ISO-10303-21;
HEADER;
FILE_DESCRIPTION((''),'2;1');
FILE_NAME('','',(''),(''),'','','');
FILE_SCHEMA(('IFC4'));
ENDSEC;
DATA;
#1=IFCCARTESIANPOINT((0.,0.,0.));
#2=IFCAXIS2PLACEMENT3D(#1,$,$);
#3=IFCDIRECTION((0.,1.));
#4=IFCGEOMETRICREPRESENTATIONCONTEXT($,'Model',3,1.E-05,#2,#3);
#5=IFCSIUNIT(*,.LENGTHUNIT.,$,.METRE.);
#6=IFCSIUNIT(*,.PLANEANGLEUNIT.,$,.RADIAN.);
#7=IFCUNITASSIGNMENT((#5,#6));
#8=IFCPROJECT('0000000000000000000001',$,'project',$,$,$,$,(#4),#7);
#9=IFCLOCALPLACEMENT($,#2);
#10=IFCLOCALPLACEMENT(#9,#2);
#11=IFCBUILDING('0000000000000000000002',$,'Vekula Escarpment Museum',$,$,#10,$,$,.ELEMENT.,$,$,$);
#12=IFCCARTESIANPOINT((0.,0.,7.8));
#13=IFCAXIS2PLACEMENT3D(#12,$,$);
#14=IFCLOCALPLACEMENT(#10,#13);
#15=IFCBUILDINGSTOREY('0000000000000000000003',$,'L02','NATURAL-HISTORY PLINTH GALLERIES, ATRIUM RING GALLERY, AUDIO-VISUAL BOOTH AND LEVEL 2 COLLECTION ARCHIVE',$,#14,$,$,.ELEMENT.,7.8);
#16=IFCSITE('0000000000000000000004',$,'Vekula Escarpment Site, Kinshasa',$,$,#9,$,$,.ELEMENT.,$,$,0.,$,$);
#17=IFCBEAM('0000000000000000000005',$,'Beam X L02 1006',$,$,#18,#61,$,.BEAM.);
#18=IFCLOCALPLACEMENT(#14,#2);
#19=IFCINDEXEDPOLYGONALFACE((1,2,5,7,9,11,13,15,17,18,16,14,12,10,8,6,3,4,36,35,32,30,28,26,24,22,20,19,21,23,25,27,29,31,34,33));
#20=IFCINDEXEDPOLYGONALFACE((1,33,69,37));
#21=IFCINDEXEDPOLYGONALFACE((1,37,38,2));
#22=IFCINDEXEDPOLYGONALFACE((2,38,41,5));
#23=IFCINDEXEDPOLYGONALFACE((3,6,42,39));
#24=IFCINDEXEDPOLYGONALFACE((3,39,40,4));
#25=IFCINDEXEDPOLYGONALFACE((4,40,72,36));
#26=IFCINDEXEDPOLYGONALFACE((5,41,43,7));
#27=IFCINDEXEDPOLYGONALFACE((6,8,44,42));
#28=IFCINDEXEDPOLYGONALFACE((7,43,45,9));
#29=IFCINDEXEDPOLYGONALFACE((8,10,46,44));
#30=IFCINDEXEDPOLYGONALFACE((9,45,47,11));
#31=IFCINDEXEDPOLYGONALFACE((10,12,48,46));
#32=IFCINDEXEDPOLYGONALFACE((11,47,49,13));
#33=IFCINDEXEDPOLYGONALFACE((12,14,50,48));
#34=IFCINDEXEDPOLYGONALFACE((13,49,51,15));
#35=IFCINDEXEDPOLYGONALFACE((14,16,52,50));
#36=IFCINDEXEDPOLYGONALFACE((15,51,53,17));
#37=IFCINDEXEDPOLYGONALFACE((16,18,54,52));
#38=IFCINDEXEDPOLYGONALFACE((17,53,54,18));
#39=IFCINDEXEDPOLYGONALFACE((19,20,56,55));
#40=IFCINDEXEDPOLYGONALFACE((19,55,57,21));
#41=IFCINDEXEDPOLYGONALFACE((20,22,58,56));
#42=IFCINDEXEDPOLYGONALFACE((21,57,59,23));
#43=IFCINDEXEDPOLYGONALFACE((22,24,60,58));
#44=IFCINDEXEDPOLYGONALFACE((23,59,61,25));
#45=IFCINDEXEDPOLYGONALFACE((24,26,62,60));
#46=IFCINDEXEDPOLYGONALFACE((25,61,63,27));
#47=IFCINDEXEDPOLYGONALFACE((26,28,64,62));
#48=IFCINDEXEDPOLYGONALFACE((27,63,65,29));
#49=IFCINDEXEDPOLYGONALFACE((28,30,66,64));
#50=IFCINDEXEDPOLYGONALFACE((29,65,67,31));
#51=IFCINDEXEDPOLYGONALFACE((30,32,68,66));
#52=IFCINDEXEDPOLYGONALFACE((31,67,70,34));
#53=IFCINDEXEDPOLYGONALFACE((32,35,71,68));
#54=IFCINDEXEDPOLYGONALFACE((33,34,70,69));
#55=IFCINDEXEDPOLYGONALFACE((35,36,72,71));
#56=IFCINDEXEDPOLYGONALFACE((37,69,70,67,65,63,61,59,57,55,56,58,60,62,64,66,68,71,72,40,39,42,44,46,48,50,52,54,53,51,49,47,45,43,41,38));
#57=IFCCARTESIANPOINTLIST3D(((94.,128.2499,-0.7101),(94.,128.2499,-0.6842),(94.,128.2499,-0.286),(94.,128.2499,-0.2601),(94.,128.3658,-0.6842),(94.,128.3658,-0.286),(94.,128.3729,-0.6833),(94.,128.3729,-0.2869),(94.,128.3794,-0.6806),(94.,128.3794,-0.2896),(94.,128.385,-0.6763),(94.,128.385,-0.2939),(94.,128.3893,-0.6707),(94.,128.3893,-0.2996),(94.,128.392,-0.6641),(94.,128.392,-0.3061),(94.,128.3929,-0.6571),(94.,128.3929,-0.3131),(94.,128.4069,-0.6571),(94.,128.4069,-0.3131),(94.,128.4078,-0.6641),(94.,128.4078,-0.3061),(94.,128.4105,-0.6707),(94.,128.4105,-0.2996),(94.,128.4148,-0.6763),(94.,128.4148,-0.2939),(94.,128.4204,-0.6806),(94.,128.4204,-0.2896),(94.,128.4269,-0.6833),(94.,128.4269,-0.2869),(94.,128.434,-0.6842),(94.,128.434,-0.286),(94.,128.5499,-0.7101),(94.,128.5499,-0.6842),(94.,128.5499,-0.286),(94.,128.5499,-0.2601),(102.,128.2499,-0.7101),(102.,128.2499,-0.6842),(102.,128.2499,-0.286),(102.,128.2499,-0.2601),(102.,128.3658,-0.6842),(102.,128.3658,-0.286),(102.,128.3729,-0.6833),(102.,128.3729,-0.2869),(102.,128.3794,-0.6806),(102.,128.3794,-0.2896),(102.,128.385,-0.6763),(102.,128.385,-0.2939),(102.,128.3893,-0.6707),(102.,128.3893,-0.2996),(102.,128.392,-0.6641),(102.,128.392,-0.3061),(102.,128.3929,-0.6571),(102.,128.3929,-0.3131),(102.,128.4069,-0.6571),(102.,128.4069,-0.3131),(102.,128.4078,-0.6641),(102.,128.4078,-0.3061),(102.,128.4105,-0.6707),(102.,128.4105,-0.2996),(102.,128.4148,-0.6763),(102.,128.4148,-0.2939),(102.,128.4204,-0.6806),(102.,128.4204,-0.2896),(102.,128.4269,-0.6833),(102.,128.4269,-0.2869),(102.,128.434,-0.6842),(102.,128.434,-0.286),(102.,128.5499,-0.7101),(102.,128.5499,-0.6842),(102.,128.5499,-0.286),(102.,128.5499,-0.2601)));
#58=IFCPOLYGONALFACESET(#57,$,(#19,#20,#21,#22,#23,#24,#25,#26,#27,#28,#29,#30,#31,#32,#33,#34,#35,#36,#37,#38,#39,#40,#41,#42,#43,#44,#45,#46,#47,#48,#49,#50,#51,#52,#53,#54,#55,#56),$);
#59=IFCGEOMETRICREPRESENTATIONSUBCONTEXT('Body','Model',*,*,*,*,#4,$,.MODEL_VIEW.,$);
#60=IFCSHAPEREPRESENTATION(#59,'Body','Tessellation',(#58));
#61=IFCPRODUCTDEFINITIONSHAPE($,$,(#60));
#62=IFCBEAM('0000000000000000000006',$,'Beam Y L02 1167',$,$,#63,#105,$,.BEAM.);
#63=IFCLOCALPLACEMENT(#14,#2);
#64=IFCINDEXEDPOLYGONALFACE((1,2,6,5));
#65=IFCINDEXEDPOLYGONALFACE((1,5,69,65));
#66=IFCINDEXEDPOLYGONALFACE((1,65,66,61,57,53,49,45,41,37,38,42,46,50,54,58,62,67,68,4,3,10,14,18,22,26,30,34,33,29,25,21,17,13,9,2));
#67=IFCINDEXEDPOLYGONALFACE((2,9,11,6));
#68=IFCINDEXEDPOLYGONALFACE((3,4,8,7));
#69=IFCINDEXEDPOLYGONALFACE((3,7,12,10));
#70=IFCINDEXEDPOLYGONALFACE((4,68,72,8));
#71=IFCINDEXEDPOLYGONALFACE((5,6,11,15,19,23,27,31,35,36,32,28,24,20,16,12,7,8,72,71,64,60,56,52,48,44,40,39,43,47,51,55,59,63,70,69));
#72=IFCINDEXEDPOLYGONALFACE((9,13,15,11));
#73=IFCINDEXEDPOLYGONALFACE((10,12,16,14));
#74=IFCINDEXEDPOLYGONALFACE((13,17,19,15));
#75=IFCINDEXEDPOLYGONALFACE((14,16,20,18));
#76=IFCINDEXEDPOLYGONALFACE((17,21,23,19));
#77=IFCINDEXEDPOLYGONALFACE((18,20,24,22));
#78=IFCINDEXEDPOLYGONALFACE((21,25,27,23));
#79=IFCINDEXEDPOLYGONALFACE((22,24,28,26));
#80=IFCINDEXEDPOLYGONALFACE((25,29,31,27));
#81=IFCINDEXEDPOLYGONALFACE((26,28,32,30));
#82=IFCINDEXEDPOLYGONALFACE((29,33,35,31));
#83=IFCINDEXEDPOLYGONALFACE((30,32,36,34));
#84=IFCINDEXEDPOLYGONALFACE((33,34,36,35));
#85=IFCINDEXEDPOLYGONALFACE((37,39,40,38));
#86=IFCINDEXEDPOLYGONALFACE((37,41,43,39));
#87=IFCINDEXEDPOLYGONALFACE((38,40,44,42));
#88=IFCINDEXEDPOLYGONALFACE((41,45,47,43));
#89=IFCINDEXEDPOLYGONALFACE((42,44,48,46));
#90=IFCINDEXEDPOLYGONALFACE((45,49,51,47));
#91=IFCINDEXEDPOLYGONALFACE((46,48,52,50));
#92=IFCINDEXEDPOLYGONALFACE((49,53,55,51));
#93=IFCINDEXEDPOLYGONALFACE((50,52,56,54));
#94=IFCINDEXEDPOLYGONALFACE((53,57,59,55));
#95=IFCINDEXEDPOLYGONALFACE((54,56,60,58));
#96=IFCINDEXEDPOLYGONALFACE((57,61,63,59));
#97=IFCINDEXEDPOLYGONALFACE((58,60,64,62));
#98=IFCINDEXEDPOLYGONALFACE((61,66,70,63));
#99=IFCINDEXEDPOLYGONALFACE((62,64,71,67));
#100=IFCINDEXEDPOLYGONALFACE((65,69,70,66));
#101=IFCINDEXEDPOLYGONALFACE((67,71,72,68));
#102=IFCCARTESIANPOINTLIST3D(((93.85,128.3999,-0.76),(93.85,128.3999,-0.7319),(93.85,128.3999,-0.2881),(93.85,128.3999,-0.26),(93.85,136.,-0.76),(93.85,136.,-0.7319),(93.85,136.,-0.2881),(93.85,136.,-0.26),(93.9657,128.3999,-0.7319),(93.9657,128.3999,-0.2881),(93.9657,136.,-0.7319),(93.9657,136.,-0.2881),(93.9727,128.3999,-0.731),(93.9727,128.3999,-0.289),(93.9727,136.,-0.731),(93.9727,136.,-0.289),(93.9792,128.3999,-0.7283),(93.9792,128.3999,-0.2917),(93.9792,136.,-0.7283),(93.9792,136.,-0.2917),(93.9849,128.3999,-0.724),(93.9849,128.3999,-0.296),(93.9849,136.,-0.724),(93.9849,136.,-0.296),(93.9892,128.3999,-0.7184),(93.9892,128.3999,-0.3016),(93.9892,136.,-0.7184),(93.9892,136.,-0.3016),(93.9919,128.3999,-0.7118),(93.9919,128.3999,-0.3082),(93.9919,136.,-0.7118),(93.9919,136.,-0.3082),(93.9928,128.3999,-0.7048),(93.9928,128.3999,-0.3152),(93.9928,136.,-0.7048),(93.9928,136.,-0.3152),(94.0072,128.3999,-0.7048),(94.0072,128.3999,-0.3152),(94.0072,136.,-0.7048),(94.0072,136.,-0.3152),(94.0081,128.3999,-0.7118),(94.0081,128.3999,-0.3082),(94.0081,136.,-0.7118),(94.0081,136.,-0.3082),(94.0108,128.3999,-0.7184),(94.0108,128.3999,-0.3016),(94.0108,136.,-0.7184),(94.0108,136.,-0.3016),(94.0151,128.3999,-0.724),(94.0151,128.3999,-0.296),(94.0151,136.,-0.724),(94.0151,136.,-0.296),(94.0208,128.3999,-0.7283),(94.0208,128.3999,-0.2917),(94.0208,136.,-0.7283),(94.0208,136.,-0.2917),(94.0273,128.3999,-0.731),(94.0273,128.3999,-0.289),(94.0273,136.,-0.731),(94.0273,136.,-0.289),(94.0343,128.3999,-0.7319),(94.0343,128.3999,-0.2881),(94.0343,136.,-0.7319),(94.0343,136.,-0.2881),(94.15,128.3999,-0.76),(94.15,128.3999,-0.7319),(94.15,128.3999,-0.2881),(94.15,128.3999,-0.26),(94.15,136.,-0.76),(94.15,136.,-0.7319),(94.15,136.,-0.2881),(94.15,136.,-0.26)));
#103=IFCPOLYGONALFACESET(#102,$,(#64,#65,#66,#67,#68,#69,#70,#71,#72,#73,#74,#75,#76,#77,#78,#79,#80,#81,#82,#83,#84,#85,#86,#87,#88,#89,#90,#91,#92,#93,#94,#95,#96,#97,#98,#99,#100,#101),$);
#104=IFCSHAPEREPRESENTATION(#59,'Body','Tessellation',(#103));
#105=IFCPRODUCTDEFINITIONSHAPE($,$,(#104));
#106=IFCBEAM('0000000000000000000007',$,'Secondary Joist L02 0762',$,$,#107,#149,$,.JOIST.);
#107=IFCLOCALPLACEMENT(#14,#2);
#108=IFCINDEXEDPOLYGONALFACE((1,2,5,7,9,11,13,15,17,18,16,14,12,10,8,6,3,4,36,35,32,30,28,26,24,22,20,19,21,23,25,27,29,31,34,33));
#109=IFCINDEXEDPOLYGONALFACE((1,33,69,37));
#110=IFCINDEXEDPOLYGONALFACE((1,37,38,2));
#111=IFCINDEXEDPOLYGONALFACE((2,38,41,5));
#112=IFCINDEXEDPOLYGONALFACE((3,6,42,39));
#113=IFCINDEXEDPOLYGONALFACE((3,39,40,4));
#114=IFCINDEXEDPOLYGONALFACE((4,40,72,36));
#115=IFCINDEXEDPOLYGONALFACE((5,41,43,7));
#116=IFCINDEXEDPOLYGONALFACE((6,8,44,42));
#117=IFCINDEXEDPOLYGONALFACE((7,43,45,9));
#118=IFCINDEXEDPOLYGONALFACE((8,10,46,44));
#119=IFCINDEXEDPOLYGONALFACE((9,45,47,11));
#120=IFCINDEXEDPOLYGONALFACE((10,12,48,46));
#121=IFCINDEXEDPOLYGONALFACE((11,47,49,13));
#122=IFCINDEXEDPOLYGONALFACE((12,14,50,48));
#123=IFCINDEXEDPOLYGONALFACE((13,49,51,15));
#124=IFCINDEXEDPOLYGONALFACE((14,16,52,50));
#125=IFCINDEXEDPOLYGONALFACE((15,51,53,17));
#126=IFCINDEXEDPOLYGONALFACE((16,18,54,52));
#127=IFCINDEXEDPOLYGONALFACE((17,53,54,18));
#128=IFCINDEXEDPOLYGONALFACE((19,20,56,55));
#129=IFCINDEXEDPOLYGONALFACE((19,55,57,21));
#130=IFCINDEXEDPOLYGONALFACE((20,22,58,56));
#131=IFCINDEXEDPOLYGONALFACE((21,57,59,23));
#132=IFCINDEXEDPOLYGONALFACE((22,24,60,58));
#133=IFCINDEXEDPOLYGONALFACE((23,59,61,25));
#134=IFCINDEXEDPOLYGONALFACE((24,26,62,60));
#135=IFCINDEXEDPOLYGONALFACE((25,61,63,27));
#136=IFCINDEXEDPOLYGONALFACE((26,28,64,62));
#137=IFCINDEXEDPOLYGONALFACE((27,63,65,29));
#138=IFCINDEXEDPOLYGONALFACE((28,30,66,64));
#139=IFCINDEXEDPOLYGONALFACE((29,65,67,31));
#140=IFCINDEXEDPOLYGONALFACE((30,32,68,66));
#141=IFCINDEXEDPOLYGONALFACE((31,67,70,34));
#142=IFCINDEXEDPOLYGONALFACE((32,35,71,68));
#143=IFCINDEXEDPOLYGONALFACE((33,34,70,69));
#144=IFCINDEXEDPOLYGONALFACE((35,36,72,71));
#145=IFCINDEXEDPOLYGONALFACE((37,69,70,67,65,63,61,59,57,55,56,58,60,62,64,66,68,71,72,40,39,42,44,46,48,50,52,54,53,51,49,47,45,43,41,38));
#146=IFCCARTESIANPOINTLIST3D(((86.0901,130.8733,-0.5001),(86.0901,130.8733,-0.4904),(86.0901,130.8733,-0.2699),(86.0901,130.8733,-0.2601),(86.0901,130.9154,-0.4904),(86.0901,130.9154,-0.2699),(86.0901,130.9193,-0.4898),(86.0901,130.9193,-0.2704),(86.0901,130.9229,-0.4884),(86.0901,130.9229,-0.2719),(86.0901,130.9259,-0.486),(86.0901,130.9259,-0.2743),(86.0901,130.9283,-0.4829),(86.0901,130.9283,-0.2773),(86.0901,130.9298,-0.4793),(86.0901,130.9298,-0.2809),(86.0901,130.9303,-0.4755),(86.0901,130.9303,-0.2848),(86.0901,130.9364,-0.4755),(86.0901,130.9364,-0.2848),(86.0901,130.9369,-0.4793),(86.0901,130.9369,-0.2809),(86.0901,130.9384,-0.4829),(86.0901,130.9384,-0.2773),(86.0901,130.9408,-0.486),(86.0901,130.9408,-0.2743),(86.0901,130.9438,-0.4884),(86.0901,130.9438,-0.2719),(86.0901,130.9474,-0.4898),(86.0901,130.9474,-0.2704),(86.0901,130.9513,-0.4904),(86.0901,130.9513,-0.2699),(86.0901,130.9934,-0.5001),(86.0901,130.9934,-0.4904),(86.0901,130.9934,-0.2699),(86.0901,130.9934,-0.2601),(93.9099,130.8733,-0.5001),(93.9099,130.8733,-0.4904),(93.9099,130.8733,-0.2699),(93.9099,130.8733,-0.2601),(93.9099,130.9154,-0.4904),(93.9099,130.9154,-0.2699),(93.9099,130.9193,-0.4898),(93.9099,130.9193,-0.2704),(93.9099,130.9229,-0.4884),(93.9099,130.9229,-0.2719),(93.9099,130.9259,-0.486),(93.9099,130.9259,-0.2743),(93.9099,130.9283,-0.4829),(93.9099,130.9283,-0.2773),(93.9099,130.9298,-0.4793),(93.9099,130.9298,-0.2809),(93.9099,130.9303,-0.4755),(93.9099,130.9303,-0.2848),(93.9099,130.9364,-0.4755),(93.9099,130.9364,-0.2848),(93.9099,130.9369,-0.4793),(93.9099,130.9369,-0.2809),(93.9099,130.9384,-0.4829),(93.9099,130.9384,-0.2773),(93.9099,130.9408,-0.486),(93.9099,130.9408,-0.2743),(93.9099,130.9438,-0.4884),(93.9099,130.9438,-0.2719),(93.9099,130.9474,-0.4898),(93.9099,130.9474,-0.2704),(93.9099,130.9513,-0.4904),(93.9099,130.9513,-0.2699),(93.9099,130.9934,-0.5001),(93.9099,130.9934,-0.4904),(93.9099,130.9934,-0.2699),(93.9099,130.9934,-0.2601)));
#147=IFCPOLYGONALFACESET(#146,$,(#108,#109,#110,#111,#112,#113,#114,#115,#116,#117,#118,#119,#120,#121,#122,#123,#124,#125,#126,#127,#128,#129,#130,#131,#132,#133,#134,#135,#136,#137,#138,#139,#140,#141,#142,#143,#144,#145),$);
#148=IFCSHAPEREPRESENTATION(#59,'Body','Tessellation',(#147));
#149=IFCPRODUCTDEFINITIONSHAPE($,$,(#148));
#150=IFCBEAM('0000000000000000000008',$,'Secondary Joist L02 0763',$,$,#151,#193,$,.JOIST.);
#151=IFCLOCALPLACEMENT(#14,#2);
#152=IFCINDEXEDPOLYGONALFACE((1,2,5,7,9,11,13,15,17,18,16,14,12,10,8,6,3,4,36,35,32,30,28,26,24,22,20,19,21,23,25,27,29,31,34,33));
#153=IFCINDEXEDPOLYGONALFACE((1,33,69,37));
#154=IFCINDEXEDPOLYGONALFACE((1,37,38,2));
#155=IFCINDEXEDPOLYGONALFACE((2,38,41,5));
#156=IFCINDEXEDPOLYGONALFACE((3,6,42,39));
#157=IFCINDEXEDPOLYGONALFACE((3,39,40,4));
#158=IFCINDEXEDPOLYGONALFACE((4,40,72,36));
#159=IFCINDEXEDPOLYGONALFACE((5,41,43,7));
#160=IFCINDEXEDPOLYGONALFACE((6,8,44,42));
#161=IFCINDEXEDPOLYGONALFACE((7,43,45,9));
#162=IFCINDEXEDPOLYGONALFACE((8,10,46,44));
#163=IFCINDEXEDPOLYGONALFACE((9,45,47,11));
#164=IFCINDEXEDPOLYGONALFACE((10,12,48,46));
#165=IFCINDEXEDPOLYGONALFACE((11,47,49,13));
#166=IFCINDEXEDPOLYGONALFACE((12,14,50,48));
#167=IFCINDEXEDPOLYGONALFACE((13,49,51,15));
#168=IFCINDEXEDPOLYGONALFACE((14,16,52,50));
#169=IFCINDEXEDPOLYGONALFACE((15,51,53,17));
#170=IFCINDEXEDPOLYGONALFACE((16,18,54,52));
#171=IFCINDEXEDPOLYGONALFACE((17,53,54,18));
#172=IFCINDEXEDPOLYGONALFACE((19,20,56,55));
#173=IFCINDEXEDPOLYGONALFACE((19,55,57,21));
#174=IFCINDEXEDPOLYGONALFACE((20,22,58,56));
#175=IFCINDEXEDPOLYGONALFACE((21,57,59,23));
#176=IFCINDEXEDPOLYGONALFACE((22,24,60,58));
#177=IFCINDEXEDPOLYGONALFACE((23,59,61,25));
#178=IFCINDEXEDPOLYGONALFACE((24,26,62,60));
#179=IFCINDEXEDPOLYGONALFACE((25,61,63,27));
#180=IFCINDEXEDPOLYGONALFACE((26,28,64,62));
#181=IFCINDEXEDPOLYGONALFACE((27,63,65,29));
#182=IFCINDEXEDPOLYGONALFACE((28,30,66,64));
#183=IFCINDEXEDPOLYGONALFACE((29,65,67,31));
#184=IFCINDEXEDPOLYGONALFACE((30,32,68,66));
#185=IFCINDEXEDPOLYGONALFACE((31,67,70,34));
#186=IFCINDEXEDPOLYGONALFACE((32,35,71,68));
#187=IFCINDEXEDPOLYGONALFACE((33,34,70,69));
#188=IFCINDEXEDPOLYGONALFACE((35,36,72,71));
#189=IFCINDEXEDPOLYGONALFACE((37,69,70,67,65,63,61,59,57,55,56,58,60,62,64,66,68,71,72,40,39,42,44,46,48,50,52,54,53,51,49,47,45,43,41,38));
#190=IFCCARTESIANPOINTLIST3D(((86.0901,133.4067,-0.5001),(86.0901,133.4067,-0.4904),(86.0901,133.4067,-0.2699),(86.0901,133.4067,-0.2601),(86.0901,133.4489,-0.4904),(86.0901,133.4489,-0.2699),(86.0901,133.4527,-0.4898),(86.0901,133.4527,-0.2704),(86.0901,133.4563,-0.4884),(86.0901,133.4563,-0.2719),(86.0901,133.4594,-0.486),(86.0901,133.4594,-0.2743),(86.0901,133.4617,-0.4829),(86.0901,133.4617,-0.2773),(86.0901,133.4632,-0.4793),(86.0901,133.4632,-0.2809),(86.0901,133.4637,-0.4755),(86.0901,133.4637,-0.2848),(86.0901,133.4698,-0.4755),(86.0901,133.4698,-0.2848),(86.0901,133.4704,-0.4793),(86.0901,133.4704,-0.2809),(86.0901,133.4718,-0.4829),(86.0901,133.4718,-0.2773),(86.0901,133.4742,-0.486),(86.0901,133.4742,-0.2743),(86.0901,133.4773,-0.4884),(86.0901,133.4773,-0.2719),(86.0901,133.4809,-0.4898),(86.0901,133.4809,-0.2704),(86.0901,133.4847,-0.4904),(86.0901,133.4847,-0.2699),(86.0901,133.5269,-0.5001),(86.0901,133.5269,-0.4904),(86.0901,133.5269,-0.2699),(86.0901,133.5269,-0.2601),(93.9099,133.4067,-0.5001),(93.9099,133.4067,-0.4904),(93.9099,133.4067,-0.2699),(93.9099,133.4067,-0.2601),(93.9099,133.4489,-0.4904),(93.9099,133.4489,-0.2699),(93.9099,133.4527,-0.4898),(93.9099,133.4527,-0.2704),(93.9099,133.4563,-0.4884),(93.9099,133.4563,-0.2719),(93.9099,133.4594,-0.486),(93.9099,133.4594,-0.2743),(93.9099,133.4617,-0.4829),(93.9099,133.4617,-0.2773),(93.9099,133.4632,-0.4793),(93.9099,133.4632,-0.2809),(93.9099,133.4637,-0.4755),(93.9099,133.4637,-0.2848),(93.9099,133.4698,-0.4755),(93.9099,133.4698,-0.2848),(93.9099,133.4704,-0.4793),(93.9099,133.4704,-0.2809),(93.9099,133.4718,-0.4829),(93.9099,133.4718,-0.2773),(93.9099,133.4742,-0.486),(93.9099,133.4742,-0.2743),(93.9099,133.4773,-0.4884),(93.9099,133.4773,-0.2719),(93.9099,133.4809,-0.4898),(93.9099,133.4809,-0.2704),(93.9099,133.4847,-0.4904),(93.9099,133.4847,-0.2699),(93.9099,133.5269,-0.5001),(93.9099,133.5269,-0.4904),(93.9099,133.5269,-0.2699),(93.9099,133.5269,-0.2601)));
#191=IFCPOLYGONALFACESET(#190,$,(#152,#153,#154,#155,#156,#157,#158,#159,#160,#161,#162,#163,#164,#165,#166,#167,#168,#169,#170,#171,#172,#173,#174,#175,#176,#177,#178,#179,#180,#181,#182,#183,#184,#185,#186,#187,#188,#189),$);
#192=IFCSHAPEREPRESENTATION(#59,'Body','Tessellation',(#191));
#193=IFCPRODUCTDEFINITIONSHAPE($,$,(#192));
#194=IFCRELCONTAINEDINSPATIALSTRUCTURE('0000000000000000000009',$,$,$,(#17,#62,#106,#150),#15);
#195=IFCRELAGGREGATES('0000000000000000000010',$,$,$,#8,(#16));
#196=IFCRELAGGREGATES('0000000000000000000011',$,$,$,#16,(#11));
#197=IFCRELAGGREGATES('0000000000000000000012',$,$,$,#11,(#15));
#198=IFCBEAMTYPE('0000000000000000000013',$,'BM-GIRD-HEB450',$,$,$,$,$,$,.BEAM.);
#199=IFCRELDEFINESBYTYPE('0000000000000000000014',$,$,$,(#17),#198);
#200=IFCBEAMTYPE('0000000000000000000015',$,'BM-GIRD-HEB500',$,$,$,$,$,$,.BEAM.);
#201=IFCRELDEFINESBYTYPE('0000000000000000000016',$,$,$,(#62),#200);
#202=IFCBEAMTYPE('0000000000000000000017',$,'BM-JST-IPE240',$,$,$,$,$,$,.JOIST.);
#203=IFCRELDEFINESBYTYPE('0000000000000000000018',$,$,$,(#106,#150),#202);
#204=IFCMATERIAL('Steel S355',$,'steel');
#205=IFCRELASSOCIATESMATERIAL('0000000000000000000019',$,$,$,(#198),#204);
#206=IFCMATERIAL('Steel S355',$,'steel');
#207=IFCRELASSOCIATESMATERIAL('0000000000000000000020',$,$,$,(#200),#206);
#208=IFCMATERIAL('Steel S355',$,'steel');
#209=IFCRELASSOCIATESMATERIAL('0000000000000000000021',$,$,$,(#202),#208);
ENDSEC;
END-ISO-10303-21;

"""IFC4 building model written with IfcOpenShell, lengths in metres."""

from ifc_helpers import new_model, si_unit, direction, frame, origin, origin_2d, place, context, subcontext, project, spatial, i_section, extrude, material, material_profile, profile_set, type_object, element, save


model = new_model("IFC4")

# Units and contexts
model_context = context("Model", 3, precision=1e-05, world=origin(), true_north=direction((0.0, 1.0)))
body_context = subcontext(model_context, "Body", "Model", "MODEL_VIEW")
ifc_project = project(units=[si_unit("LENGTHUNIT", "METRE"), si_unit("PLANEANGLEUNIT", "RADIAN")], contexts=[model_context])

# Site, building, storey
site_placement = place(None, origin())
site = spatial("IfcSite", under=ifc_project, at=site_placement, Name="Vekula Escarpment Site, Kinshasa", CompositionType="ELEMENT", RefElevation=0.0)
building_placement = place(site_placement, origin())
building = spatial("IfcBuilding", under=site, at=building_placement, Name="Vekula Escarpment Museum", CompositionType="ELEMENT")
storey_placement = place(building_placement, frame((0.0, 0.0, 7.8)))
storey = spatial("IfcBuildingStorey", under=building, at=storey_placement, Name="L02", Description="NATURAL-HISTORY PLINTH GALLERIES, ATRIUM RING GALLERY, AUDIO-VISUAL BOOTH AND LEVEL 2 COLLECTION ARCHIVE", CompositionType="ELEMENT", Elevation=7.8)

# Beams
ifc_material_1 = material(Name="Steel S355", Category="steel")
ifc_material_profile_1 = material_profile(ifc_material_1, i_section(OverallWidth=0.3, OverallDepth=0.45, WebThickness=0.0139, FlangeThickness=0.0259, FilletRadius=0.0271, at=origin_2d()), Name="HEB 450")
ifc_profile_set_1 = profile_set([ifc_material_profile_1], Name="Steel S355")
beam_type_1 = type_object("IfcBeamType", Name="BM-GIRD-HEB450", PredefinedType="BEAM", material=ifc_profile_set_1)
beam_1_placement = place(storey_placement, frame((94.0, 128.3999, -0.4851), z_axis=(1.0, 0.0, 0.0), x_axis=(0.0, 1.0, 0.0)))
element("IfcBeam", 1, at=beam_1_placement, inside=storey, type_object=beam_type_1, Name="Beam X L02 1006", PredefinedType="BEAM", context=body_context, shape_type="SweptSolid", body=[
    extrude(i_section(OverallWidth=0.3, OverallDepth=0.45, WebThickness=0.0139, FlangeThickness=0.0259, FilletRadius=0.0271, at=origin_2d()), origin(), (0.0, 0.0, 1.0), 8.0),
])
ifc_material_2 = material(Name="Steel S355", Category="steel")
ifc_material_profile_2 = material_profile(ifc_material_2, i_section(OverallWidth=0.3, OverallDepth=0.5, WebThickness=0.0144, FlangeThickness=0.0281, FilletRadius=0.0271, at=origin_2d()), Name="HEB 500")
ifc_profile_set_2 = profile_set([ifc_material_profile_2], Name="Steel S355")
beam_type_2 = type_object("IfcBeamType", Name="BM-GIRD-HEB500", PredefinedType="BEAM", material=ifc_profile_set_2)
beam_2_placement = place(storey_placement, frame((94.0, 128.3999, -0.51), z_axis=(0.0, 1.0, 0.0), x_axis=(-1.0, 0.0, 0.0)))
element("IfcBeam", 2, at=beam_2_placement, inside=storey, type_object=beam_type_2, Name="Beam Y L02 1167", PredefinedType="BEAM", context=body_context, shape_type="SweptSolid", body=[
    extrude(i_section(OverallWidth=0.3, OverallDepth=0.5, WebThickness=0.0144, FlangeThickness=0.0281, FilletRadius=0.0271, at=origin_2d()), origin(), (0.0, 0.0, 1.0), 7.6001),
])
ifc_material_3 = material(Name="Steel S355", Category="steel")
ifc_material_profile_3 = material_profile(ifc_material_3, i_section(OverallWidth=0.1201, OverallDepth=0.24, WebThickness=0.0061, FlangeThickness=0.0098, FilletRadius=0.0149, at=origin_2d()), Name="IPE 240")
ifc_profile_set_3 = profile_set([ifc_material_profile_3], Name="Steel S355")
beam_type_3 = type_object("IfcBeamType", Name="BM-JST-IPE240", PredefinedType="JOIST", material=ifc_profile_set_3)
for number, where, z_axis, x_axis, name in (
    (3, (86.0901, 130.9333, -0.3801), (1.0, 0.0, 0.0), (0.0, 1.0, 0.0), "Secondary Joist L02 0762"),
    (4, (86.0901, 133.4668, -0.3801), (1.0, 0.0, 0.0), (0.0, 1.0, 0.0), "Secondary Joist L02 0763"),
):
    element("IfcBeam", number, at=place(storey_placement, frame(where, z_axis=z_axis, x_axis=x_axis)), inside=storey, type_object=beam_type_3, Name=name, PredefinedType="JOIST", context=body_context, shape_type="SweptSolid", body=[
        extrude(i_section(OverallWidth=0.1201, OverallDepth=0.24, WebThickness=0.0061, FlangeThickness=0.0098, FilletRadius=0.0149, at=origin_2d()), origin(), (0.0, 0.0, 1.0), 7.8198),
    ])

save(model, "model.ifc")
